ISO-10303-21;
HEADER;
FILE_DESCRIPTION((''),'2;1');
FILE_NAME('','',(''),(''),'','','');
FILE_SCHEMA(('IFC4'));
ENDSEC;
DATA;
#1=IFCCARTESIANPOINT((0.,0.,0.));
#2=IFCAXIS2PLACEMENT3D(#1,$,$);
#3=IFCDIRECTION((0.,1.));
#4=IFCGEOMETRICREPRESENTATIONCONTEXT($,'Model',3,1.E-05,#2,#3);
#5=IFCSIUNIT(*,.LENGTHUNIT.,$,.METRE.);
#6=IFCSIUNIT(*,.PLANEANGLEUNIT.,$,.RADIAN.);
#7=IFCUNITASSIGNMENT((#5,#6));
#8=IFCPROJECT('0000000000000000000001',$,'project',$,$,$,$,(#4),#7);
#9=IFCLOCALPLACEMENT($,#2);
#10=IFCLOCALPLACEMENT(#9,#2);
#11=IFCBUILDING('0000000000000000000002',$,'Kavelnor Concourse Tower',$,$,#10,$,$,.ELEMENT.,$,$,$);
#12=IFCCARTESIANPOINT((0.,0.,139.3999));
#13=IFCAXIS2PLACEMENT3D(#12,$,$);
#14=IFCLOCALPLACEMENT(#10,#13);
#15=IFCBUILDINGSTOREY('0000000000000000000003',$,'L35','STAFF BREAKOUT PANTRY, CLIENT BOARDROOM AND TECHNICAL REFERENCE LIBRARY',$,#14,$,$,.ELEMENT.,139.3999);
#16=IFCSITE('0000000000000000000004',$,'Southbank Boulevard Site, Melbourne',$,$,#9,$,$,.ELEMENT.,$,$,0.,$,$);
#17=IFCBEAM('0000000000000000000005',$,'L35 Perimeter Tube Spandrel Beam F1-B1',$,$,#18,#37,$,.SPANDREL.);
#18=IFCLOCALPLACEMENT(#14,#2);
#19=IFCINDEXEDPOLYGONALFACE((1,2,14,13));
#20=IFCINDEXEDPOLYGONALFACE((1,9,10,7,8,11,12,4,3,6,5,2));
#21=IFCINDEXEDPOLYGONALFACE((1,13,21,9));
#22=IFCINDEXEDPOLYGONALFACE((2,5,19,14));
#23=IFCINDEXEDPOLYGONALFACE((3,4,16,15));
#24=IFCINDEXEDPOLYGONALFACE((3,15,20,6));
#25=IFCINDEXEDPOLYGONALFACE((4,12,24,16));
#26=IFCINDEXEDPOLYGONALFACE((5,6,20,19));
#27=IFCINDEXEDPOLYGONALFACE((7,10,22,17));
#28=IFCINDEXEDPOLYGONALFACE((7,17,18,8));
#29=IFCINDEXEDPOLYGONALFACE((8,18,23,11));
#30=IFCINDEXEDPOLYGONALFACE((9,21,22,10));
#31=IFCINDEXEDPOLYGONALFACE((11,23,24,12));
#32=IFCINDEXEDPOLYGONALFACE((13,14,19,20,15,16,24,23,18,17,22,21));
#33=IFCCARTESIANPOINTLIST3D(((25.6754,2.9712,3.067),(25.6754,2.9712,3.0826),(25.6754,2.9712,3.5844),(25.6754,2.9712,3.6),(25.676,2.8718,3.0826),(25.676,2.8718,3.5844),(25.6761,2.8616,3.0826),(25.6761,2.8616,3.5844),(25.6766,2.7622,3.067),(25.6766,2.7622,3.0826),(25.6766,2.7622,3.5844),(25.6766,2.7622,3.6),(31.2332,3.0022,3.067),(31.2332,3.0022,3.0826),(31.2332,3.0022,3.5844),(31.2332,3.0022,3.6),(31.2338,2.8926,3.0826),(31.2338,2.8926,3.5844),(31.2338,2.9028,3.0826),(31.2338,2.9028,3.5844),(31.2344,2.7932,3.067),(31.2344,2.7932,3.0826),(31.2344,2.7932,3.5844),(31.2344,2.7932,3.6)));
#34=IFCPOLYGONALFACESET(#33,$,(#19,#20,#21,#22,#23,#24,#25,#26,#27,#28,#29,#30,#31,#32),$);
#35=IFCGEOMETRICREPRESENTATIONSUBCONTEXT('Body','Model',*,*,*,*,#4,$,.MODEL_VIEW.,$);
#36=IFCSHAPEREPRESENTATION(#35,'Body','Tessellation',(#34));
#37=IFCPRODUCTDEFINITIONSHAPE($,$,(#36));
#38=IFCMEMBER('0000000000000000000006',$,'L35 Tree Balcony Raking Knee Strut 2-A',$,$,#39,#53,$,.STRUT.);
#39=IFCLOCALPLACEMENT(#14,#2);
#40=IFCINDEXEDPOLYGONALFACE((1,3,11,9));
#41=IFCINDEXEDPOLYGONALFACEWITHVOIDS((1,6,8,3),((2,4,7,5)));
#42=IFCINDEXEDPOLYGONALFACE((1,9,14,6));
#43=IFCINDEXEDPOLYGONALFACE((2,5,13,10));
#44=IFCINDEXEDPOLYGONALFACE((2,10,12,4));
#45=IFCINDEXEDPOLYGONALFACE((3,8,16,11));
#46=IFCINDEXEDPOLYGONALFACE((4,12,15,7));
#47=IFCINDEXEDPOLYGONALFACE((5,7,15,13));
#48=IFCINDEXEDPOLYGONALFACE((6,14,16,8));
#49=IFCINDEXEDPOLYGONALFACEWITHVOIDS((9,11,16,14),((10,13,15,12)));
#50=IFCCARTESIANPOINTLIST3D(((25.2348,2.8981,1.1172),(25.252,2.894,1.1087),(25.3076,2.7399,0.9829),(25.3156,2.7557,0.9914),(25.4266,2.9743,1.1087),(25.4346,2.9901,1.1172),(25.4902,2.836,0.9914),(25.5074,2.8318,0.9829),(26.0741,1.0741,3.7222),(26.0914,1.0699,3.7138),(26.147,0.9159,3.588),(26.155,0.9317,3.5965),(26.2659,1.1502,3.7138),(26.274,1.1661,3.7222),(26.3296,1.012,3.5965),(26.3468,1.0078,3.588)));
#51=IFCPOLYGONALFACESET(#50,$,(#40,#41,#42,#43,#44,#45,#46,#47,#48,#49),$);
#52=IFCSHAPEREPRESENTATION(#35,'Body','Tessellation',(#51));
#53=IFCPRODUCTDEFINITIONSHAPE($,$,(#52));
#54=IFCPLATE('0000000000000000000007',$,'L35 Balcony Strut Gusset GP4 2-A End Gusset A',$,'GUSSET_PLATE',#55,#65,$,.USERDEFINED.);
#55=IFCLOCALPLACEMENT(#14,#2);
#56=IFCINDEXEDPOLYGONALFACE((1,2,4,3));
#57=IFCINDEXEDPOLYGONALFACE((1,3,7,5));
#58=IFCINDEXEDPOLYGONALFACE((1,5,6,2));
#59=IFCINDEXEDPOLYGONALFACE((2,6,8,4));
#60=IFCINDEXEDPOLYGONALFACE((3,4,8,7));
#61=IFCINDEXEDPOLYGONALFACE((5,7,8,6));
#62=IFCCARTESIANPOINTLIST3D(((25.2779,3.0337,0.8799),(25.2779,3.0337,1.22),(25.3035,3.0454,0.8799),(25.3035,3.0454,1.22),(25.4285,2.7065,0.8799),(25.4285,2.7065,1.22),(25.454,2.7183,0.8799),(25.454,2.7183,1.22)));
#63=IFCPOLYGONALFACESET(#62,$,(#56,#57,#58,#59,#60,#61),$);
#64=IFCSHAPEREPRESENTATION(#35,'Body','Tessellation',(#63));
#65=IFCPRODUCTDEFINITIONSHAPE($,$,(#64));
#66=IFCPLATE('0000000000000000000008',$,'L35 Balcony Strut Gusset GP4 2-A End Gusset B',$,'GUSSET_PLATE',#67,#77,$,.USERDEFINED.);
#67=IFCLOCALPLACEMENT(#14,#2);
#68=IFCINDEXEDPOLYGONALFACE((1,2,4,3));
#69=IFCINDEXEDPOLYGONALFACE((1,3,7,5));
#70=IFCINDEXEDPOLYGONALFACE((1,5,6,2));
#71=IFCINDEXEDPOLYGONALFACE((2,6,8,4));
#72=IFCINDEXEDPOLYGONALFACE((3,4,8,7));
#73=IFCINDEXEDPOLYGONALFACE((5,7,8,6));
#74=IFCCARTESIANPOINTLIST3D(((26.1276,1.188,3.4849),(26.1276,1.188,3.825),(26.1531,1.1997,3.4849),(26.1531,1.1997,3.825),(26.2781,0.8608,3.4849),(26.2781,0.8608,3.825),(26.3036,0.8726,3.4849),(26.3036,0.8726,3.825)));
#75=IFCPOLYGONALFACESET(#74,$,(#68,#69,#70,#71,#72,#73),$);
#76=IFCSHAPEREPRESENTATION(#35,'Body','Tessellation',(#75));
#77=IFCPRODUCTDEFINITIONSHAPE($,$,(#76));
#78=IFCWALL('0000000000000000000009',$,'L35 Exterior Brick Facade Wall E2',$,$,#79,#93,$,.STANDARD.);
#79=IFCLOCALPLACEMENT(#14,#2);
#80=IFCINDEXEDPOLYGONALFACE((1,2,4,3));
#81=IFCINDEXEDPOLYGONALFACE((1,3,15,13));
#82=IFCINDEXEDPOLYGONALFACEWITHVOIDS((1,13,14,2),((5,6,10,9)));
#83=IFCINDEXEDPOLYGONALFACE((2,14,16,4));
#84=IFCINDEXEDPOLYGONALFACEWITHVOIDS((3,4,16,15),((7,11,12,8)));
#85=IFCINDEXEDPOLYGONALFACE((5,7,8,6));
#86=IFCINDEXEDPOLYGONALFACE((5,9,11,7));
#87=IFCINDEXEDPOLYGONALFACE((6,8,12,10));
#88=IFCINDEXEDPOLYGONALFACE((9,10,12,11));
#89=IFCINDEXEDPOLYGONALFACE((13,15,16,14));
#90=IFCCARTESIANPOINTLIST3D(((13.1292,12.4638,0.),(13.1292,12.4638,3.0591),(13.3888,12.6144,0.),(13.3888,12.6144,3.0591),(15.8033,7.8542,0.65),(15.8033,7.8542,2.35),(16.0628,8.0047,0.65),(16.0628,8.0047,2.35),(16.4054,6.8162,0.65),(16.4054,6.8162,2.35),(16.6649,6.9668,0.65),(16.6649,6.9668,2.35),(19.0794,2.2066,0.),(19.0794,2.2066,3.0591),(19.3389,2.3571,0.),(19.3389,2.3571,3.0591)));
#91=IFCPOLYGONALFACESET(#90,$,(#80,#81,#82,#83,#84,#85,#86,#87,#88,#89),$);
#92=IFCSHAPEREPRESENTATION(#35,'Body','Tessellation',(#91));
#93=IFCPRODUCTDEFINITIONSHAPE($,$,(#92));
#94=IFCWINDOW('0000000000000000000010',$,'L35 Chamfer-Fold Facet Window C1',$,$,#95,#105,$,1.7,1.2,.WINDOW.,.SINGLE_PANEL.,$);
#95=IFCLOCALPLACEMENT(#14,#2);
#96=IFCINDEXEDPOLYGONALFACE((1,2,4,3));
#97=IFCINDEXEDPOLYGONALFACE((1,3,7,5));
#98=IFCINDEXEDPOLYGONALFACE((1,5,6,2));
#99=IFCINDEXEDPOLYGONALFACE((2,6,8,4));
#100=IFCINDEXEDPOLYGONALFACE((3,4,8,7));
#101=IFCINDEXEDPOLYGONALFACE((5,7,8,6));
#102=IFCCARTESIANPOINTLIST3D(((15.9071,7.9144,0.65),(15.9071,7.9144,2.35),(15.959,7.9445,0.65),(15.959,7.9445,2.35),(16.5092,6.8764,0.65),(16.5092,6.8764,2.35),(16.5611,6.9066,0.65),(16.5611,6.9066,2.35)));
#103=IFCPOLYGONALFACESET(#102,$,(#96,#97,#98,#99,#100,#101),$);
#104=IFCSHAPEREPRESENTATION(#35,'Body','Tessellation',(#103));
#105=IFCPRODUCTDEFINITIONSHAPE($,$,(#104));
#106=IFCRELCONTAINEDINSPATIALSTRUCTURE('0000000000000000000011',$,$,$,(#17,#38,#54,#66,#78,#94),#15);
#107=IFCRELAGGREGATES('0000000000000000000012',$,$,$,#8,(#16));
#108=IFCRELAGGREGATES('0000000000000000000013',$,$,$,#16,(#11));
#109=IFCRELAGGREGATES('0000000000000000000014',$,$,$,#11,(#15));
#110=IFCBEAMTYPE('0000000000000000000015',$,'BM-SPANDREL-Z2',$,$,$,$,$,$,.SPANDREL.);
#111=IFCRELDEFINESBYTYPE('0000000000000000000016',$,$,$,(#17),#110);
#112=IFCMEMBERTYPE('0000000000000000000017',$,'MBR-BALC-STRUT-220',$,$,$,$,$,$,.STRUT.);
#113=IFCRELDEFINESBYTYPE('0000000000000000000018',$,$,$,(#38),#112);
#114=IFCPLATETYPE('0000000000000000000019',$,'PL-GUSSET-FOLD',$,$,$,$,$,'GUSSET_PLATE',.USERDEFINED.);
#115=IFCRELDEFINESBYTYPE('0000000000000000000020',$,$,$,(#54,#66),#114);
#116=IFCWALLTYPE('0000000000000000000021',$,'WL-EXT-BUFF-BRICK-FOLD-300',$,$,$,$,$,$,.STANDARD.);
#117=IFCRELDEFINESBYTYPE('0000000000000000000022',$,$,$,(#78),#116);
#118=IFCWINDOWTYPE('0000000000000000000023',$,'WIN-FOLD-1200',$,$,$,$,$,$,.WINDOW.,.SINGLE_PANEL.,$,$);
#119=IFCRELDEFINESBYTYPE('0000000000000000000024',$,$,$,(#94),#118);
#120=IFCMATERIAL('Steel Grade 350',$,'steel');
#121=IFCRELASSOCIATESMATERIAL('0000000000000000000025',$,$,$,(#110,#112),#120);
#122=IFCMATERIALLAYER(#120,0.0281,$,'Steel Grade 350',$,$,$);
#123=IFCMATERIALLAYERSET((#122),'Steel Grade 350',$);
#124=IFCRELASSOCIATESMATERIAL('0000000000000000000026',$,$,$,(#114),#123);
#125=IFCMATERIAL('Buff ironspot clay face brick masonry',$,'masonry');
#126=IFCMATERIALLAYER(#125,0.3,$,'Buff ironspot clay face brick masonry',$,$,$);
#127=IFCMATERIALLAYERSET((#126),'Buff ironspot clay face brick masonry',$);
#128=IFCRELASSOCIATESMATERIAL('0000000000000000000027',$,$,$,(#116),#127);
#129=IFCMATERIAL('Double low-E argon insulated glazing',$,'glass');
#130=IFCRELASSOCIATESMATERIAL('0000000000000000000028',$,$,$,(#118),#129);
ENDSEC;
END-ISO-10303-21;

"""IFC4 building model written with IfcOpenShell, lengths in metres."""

from ifc_helpers import new_model, si_unit, direction, frame, frame_2d, origin, origin_2d, place, context, subcontext, project, spatial, rectangle, hollow_rectangle, i_section, extrude, material, layer, layer_set, material_profile, profile_set, type_object, element, fill, save


model = new_model("IFC4")

# Units and contexts
model_context = context("Model", 3, precision=1e-05, world=origin(), true_north=direction((0.0, 1.0)))
body_context = subcontext(model_context, "Body", "Model", "MODEL_VIEW")
ifc_project = project(units=[si_unit("LENGTHUNIT", "METRE"), si_unit("PLANEANGLEUNIT", "RADIAN")], contexts=[model_context])

# Site, building, storey
site_placement = place(None, origin())
site = spatial("IfcSite", under=ifc_project, at=site_placement, Name="Southbank Boulevard Site, Melbourne", CompositionType="ELEMENT", RefElevation=0.0)
building_placement = place(site_placement, origin())
building = spatial("IfcBuilding", under=site, at=building_placement, Name="Kavelnor Concourse Tower", CompositionType="ELEMENT")
storey_placement = place(building_placement, frame((0.0, 0.0, 139.3999)))
storey = spatial("IfcBuildingStorey", under=building, at=storey_placement, Name="L35", Description="STAFF BREAKOUT PANTRY, CLIENT BOARDROOM AND TECHNICAL REFERENCE LIBRARY", CompositionType="ELEMENT", Elevation=139.3999)

# Shared definitions
ifc_material_1 = material(Name="Steel Grade 350", Category="steel")

# Beam
ifc_material_profile_1 = material_profile(ifc_material_1, i_section(OverallWidth=0.209, OverallDepth=0.533, WebThickness=0.0103, FlangeThickness=0.0156, at=origin_2d()), Name="530UB92")
ifc_profile_set_1 = profile_set([ifc_material_profile_1], Name="Steel Grade 350")
beam_type_1 = type_object("IfcBeamType", Name="BM-SPANDREL-Z2", PredefinedType="SPANDREL", material=ifc_profile_set_1)
beam_1_placement = place(storey_placement, frame((25.676, 2.8667, 3.3335), z_axis=(0.999984, 0.005579, 0.0), x_axis=(-0.005579, 0.999984, 0.0)))
element("IfcBeam", 1, at=beam_1_placement, inside=storey, type_object=beam_type_1, Name="L35 Perimeter Tube Spandrel Beam F1-B1", PredefinedType="SPANDREL", context=body_context, shape_type="SweptSolid", body=[
    extrude(i_section(OverallWidth=0.209, OverallDepth=0.533, WebThickness=0.0103, FlangeThickness=0.0156, at=origin_2d()), origin(), (0.0, 0.0, 1.0), 5.5579),
])

# Member
ifc_material_profile_2 = material_profile(ifc_material_1, hollow_rectangle(XDim=0.22, YDim=0.22, WallThickness=0.0139, at=origin_2d()), Name="SHS 220x220x14")
ifc_profile_set_2 = profile_set([ifc_material_profile_2], Name="Steel Grade 350")
member_type = type_object("IfcMemberType", Name="MBR-BALC-STRUT-220", PredefinedType="STRUT", material=ifc_profile_set_2)
member_placement = place(storey_placement, frame((25.3711, 2.865, 1.05), z_axis=(0.255203, -0.554573, 0.792035), x_axis=(0.908429, 0.41804, 0.0)))
element("IfcMember", 2, at=member_placement, inside=storey, type_object=member_type, Name="L35 Tree Balcony Raking Knee Strut 2-A", PredefinedType="STRUT", context=body_context, shape_type="SweptSolid", body=[
    extrude(hollow_rectangle(XDim=0.22, YDim=0.22, WallThickness=0.0139, at=origin_2d()), origin(), (0.0, 0.0, 1.0), 3.2891),
])

# Plates
ifc_layer_1 = layer(ifc_material_1, 0.0281, Name="Steel Grade 350")
ifc_layer_set_1 = layer_set([ifc_layer_1], Name="Steel Grade 350")
plate_type = type_object("IfcPlateType", Name="PL-GUSSET-FOLD", ElementType="GUSSET_PLATE", PredefinedType="USERDEFINED", material=ifc_layer_set_1)
for number, where, z_axis, x_axis, name in (
    (3, (25.366, 2.876, 0.8799), (0.0, 0.0, 1.0), (0.418026, -0.908435, 0.0), "L35 Balcony Strut Gusset GP4 2-A End Gusset A"),
    (4, (26.2156, 1.0303, 3.4849), (0.0, 0.0, 1.0), (0.418026, -0.908435, 0.0), "L35 Balcony Strut Gusset GP4 2-A End Gusset B"),
):
    element("IfcPlate", number, at=place(storey_placement, frame(where, z_axis=z_axis, x_axis=x_axis)), inside=storey, type_object=plate_type, Name=name, ObjectType="GUSSET_PLATE", PredefinedType="USERDEFINED", context=body_context, shape_type="SweptSolid", body=[
        extrude(rectangle(XDim=0.3601, YDim=0.0281, at=origin_2d()), origin(), (0.0, 0.0, 1.0), 0.3401),
    ])

# Wall, opening, window
ifc_material_2 = material(Name="Buff ironspot clay face brick masonry", Category="masonry")
ifc_layer_2 = layer(ifc_material_2, 0.3, Name="Buff ironspot clay face brick masonry")
ifc_layer_set_2 = layer_set([ifc_layer_2], Name="Buff ironspot clay face brick masonry")
wall_type_1 = type_object("IfcWallType", Name="WL-EXT-BUFF-BRICK-FOLD-300", PredefinedType="STANDARD", material=ifc_layer_set_2)
wall_1_placement = place(storey_placement, frame((19.2092, 2.2817, 0.0), z_axis=(0.0, 0.0, 1.0), x_axis=(-0.501778, 0.864997, 0.0)))
wall_1 = element("IfcWall", 5, at=wall_1_placement, inside=storey, type_object=wall_type_1, Name="L35 Exterior Brick Facade Wall E2", PredefinedType="STANDARD", context=body_context, shape_type="SweptSolid", body=[
    extrude(rectangle(XDim=11.8582, YDim=0.3, at=frame_2d((5.9292, 0.0))), origin(), (0.0, 0.0, 1.0), 3.0591),
])
opening_1_placement = place(wall_1_placement, frame((5.3291, 0.0, 0.6499)))
opening_1 = element("IfcOpeningElement", 6, at=opening_1_placement, cuts=wall_1, PredefinedType="OPENING", context=body_context, shape_type="SweptSolid", body=[
    extrude(rectangle(XDim=1.2, YDim=1.7, at=frame_2d((0.6001, 0.8501))), frame((0.0, 0.1602, 0.0), z_axis=(0.0, -1.0, 0.0), x_axis=(1.0, 0.0, 0.0)), (0.0, 0.0, 1.0), 0.3201),
])
ifc_material_3 = material(Name="Double low-E argon insulated glazing", Category="glass")
window_type = type_object("IfcWindowType", Name="WIN-FOLD-1200", PartitioningType="SINGLE_PANEL", PredefinedType="WINDOW", material=ifc_material_3)
window_placement = place(opening_1_placement, origin())
window = element("IfcWindow", 7, at=window_placement, inside=storey, type_object=window_type, Name="L35 Chamfer-Fold Facet Window C1", OverallHeight=1.7, OverallWidth=1.2, PartitioningType="SINGLE_PANEL", PredefinedType="WINDOW", context=body_context, shape_type="SweptSolid", body=[
    extrude(rectangle(XDim=1.2, YDim=1.7, at=frame_2d((0.6001, 0.8501))), frame((0.0, 0.03, 0.0), z_axis=(0.0, -1.0, 0.0), x_axis=(1.0, 0.0, 0.0)), (0.0, 0.0, 1.0), 0.0601),
])
fill(opening_1, window)

save(model, "model.ifc")
